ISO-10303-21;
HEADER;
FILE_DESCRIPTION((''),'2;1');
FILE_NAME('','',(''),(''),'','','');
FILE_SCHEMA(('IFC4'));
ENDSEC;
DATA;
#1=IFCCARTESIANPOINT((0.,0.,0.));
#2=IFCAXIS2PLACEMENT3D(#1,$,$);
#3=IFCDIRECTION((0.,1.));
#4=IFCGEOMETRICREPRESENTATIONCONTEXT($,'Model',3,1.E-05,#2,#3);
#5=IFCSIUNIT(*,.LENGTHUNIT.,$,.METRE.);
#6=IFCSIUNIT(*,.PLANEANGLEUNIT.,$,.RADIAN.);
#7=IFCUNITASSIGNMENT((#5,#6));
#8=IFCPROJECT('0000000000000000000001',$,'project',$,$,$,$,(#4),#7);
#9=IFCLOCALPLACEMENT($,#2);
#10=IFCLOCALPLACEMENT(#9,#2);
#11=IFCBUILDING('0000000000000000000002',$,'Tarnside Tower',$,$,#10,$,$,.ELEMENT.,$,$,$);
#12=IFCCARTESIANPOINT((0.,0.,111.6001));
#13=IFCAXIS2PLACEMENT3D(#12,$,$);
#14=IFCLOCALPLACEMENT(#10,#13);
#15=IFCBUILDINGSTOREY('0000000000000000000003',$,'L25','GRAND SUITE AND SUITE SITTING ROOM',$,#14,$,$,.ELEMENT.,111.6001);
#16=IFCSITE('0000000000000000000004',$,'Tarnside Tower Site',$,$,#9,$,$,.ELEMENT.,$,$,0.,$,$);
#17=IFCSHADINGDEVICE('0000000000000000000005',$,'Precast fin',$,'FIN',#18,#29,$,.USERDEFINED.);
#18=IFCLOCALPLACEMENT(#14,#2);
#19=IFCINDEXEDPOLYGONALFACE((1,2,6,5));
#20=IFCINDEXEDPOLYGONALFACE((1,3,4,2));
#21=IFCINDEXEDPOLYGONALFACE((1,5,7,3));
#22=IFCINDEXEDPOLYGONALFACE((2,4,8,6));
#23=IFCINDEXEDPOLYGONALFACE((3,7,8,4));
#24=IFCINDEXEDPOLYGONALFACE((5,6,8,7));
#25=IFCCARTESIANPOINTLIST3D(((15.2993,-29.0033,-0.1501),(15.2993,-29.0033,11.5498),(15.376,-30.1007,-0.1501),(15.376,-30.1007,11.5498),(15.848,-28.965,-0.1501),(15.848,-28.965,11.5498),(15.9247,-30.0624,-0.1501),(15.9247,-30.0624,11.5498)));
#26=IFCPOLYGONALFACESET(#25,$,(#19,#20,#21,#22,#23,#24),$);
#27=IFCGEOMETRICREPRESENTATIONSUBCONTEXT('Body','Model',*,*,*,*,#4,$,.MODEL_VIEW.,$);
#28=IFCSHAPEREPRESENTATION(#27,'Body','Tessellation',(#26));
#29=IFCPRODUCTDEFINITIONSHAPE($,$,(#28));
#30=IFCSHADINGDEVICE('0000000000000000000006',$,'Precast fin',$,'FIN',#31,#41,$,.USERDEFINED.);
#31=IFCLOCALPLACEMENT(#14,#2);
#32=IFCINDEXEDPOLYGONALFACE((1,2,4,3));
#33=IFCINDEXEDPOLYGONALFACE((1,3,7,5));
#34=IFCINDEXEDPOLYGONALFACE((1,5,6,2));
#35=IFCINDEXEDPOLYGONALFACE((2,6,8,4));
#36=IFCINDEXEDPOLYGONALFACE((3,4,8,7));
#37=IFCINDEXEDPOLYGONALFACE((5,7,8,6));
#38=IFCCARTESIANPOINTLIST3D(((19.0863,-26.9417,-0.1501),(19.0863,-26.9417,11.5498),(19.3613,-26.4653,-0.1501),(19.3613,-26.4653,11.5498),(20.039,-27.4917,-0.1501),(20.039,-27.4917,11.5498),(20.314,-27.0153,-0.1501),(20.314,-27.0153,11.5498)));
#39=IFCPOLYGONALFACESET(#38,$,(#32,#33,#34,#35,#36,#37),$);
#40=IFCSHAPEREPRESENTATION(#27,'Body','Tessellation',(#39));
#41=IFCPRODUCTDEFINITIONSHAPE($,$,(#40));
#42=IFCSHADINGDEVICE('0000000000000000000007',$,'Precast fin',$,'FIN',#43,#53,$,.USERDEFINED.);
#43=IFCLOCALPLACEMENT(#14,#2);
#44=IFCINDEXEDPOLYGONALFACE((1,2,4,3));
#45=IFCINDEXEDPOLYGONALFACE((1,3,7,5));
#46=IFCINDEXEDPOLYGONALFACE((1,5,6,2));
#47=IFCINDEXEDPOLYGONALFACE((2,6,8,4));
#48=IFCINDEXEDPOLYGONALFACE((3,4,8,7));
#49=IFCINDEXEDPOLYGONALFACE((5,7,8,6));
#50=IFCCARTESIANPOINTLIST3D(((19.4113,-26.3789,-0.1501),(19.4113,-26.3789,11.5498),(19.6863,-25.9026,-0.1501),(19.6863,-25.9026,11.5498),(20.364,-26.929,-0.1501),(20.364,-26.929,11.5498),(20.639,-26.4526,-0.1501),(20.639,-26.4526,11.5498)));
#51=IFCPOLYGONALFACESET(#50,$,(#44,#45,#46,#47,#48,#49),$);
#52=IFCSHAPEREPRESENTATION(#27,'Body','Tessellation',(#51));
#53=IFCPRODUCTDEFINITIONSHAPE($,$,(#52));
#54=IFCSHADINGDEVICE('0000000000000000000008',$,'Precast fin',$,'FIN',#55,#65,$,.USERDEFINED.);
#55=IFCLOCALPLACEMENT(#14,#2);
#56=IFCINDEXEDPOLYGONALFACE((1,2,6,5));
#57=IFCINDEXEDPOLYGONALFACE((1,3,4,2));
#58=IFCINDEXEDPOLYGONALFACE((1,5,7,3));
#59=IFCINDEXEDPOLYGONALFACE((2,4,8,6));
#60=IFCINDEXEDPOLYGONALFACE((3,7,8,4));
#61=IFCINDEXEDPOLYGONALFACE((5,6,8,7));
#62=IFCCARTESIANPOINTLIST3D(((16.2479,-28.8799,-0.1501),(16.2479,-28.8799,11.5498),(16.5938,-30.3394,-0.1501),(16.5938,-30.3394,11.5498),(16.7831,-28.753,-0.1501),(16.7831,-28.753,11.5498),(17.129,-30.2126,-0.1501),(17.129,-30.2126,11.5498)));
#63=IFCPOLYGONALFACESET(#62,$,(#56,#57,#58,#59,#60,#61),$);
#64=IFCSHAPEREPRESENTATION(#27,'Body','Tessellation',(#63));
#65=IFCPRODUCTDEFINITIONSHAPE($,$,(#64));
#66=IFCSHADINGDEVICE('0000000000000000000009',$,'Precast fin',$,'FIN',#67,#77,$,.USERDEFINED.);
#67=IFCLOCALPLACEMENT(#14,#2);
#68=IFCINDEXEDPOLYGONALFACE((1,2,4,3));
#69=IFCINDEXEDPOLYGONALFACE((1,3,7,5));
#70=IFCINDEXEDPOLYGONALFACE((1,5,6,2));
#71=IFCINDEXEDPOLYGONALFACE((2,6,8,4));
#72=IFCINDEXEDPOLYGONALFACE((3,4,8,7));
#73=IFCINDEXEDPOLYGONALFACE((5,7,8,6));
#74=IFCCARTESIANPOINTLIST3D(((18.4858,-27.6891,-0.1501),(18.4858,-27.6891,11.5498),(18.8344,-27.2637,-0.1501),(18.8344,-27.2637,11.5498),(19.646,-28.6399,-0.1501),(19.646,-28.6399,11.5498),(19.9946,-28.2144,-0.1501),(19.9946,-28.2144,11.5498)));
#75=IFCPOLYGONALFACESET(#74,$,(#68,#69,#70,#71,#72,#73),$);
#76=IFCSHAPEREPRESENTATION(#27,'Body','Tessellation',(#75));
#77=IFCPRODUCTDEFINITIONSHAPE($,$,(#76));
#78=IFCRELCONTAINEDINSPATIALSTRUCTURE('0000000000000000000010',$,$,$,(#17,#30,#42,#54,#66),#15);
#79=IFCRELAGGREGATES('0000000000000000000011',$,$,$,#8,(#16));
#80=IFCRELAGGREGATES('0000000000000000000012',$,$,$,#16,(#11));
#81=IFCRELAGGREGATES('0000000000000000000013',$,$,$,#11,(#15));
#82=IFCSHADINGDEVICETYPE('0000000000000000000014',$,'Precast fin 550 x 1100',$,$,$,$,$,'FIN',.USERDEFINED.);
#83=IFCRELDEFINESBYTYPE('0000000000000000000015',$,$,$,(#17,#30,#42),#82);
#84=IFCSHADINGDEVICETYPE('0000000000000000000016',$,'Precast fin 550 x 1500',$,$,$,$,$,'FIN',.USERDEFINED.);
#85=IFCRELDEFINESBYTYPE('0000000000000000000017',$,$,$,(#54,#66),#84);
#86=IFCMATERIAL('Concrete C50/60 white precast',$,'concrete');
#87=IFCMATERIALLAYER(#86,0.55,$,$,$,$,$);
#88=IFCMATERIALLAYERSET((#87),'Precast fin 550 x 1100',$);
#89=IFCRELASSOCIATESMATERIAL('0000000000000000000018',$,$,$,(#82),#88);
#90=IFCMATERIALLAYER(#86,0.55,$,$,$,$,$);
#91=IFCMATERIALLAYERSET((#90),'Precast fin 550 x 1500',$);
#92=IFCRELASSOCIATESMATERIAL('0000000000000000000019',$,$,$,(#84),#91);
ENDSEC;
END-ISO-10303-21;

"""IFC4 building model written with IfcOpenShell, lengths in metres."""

from ifc_helpers import new_model, si_unit, direction, frame, origin, place, context, subcontext, project, spatial, polyline, outline, extrude, material, layer, layer_set, type_object, element, save


model = new_model("IFC4")

# Units and contexts
model_context = context("Model", 3, precision=1e-05, world=origin(), true_north=direction((0.0, 1.0)))
body_context = subcontext(model_context, "Body", "Model", "MODEL_VIEW")
ifc_project = project(units=[si_unit("LENGTHUNIT", "METRE"), si_unit("PLANEANGLEUNIT", "RADIAN")], contexts=[model_context])

# Site, building, storey
site_placement = place(None, origin())
site = spatial("IfcSite", under=ifc_project, at=site_placement, Name="Tarnside Tower Site", CompositionType="ELEMENT", RefElevation=0.0)
building_placement = place(site_placement, origin())
building = spatial("IfcBuilding", under=site, at=building_placement, Name="Tarnside Tower", CompositionType="ELEMENT")
storey_placement = place(building_placement, frame((0.0, 0.0, 111.6001)))
storey = spatial("IfcBuildingStorey", under=building, at=storey_placement, Name="L25", Description="GRAND SUITE AND SUITE SITTING ROOM", CompositionType="ELEMENT", Elevation=111.6001)

# Shading devices
ifc_material_1 = material(Name="Concrete C50/60 white precast", Category="concrete")
ifc_layer_1 = layer(ifc_material_1, 0.55)
ifc_layer_set_1 = layer_set([ifc_layer_1], Name="Precast fin 550 x 1100")
shading_device_type_1 = type_object("IfcShadingDeviceType", Name="Precast fin 550 x 1100", ElementType="FIN", PredefinedType="USERDEFINED", material=ifc_layer_set_1)
for number, where, z_axis, x_axis, name in (
    (1, (15.5737, -28.9841, -0.1501), (-0.997564, -0.069756, 0.0), (0.069756, -0.997564, 0.0), "Precast fin"),
    (2, (19.2239, -26.7034, -0.1501), (-0.5, -0.866025, 0.0), (0.866025, -0.5, 0.0), "Precast fin"),
    (3, (19.5488, -26.1406, -0.1501), (-0.5, -0.866025, 0.0), (0.866025, -0.5, 0.0), "Precast fin"),
):
    element("IfcShadingDevice", number, at=place(storey_placement, frame(where, z_axis=z_axis, x_axis=x_axis)), inside=storey, type_object=shading_device_type_1, Name=name, ObjectType="FIN", PredefinedType="USERDEFINED", context=body_context, shape_type="SweptSolid", body=[
        extrude(outline(polyline([(0.0, 0.0), (1.1001, 0.0), (1.1001, 11.7), (0.0, 11.7), (0.0, 0.0)])), frame((0.0, 0.0, -0.2749)), (0.0, 0.0, 1.0), 0.55),
    ])
ifc_layer_2 = layer(ifc_material_1, 0.55)
ifc_layer_set_2 = layer_set([ifc_layer_2], Name="Precast fin 550 x 1500")
shading_device_type_2 = type_object("IfcShadingDeviceType", Name="Precast fin 550 x 1500", ElementType="FIN", PredefinedType="USERDEFINED", material=ifc_layer_set_2)
for number, where, z_axis, x_axis, name in (
    (4, (16.5156, -28.8164, -0.1501), (-0.973045, -0.230616, 0.0), (0.230616, -0.973045, 0.0), "Precast fin"),
    (5, (18.6602, -27.4763, -0.1501), (-0.633831, -0.773472, 0.0), (0.773472, -0.633831, 0.0), "Precast fin"),
):
    element("IfcShadingDevice", number, at=place(storey_placement, frame(where, z_axis=z_axis, x_axis=x_axis)), inside=storey, type_object=shading_device_type_2, Name=name, ObjectType="FIN", PredefinedType="USERDEFINED", context=body_context, shape_type="SweptSolid", body=[
        extrude(outline(polyline([(0.0, 0.0), (1.5, 0.0), (1.5, 11.7), (0.0, 11.7), (0.0, 0.0)])), frame((0.0, 0.0, -0.2749)), (0.0, 0.0, 1.0), 0.55),
    ])

save(model, "model.ifc")
